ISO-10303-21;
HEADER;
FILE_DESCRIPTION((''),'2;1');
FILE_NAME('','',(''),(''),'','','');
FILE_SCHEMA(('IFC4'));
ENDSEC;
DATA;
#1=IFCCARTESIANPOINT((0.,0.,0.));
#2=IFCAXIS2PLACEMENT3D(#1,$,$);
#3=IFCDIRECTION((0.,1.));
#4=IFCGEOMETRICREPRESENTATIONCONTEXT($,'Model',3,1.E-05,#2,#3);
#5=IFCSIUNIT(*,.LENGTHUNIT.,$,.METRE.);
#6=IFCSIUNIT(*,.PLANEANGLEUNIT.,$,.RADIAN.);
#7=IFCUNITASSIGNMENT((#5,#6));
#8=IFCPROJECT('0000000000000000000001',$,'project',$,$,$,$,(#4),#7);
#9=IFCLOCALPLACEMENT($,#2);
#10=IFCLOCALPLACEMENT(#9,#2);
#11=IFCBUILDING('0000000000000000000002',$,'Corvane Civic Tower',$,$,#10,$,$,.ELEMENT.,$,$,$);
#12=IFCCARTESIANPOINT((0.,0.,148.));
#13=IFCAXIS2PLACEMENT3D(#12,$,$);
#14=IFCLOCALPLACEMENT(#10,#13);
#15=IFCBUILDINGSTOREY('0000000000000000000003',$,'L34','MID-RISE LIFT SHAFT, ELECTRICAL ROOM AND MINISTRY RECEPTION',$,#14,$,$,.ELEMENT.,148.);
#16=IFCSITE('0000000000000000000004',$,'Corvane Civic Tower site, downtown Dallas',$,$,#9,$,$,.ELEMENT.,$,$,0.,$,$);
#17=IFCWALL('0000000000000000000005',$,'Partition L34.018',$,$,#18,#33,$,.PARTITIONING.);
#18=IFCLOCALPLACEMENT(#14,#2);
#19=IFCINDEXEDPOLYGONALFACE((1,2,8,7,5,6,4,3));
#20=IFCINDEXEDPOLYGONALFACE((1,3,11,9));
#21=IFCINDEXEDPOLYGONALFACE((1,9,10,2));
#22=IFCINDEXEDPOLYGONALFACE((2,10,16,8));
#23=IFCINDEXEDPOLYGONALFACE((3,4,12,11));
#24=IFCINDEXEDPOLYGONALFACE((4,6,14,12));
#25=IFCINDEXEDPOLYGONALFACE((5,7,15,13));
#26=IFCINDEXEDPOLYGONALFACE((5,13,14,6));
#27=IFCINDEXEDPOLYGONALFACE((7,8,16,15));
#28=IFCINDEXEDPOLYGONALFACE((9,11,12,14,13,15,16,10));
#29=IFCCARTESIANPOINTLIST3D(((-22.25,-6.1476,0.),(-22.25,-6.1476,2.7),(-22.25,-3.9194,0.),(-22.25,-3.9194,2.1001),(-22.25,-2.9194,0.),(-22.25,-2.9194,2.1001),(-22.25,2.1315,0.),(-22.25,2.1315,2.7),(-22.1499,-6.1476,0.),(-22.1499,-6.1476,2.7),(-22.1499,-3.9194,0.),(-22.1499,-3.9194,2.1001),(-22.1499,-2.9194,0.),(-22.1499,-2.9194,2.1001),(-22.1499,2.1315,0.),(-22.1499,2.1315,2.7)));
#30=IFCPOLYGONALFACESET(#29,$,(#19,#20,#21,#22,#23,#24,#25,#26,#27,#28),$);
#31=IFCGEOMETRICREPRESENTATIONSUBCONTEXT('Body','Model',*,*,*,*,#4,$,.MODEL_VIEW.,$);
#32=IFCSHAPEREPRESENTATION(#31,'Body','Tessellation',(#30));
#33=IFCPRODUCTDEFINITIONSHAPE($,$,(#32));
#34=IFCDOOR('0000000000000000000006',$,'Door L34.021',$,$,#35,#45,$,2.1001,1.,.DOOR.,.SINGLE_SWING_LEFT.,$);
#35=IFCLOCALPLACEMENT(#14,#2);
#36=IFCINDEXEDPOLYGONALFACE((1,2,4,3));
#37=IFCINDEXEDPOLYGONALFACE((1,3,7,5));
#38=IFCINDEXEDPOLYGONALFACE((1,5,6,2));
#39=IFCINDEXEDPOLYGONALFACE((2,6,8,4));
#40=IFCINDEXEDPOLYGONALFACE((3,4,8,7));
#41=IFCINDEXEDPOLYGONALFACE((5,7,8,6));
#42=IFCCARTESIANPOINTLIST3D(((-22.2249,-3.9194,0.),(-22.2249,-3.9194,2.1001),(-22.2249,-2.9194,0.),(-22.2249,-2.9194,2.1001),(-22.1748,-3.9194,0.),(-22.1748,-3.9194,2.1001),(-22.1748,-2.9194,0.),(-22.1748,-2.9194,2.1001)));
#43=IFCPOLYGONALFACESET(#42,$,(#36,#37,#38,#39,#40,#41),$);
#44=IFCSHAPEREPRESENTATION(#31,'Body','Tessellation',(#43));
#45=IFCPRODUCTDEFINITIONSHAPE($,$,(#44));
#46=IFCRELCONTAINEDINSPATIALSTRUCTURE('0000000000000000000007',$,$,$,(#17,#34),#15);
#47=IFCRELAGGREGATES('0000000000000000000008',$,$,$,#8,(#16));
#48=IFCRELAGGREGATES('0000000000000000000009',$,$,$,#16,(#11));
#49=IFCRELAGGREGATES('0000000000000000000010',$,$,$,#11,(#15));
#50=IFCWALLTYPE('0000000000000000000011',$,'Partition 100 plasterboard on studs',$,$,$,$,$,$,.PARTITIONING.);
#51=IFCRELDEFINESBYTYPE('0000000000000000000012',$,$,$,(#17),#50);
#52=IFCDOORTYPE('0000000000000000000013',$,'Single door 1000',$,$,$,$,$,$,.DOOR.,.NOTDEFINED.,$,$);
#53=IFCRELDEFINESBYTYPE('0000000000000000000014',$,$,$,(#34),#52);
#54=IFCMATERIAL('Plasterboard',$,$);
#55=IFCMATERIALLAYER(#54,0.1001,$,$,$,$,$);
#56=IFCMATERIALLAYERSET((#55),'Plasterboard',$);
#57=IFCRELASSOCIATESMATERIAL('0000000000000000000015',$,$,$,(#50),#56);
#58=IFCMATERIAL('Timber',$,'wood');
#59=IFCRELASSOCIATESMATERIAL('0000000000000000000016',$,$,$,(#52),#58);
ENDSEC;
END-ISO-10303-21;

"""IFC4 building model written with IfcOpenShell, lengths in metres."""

from ifc_helpers import new_model, si_unit, direction, frame, frame_2d, origin, place, context, subcontext, project, spatial, rectangle, extrude, material, layer, layer_set, type_object, element, fill, save


model = new_model("IFC4")

# Units and contexts
model_context = context("Model", 3, precision=1e-05, world=origin(), true_north=direction((0.0, 1.0)))
body_context = subcontext(model_context, "Body", "Model", "MODEL_VIEW")
ifc_project = project(units=[si_unit("LENGTHUNIT", "METRE"), si_unit("PLANEANGLEUNIT", "RADIAN")], contexts=[model_context])

# Site, building, storey
site_placement = place(None, origin())
site = spatial("IfcSite", under=ifc_project, at=site_placement, Name="Corvane Civic Tower site, downtown Dallas", CompositionType="ELEMENT", RefElevation=0.0)
building_placement = place(site_placement, origin())
building = spatial("IfcBuilding", under=site, at=building_placement, Name="Corvane Civic Tower", CompositionType="ELEMENT")
storey_placement = place(building_placement, frame((0.0, 0.0, 148.0)))
storey = spatial("IfcBuildingStorey", under=building, at=storey_placement, Name="L34", Description="MID-RISE LIFT SHAFT, ELECTRICAL ROOM AND MINISTRY RECEPTION", CompositionType="ELEMENT", Elevation=148.0)

# Shared definitions
ifc_material_1 = material(Name="Plasterboard")
ifc_layer_1 = layer(ifc_material_1, 0.1001)
ifc_layer_set_1 = layer_set([ifc_layer_1], Name="Plasterboard")
wall_type_1 = type_object("IfcWallType", Name="Partition 100 plasterboard on studs", PredefinedType="PARTITIONING", material=ifc_layer_set_1)
ifc_material_2 = material(Name="Timber", Category="wood")
door_type = type_object("IfcDoorType", Name="Single door 1000", OperationType="NOTDEFINED", PredefinedType="DOOR", material=ifc_material_2)

# Wall, opening, door
wall_1_placement = place(storey_placement, frame((-22.2, -6.1477, 0.0), z_axis=(0.0, 0.0, 1.0), x_axis=(0.0, 1.0, 0.0)))
wall_1 = element("IfcWall", 1, at=wall_1_placement, inside=storey, type_object=wall_type_1, Name="Partition L34.018", PredefinedType="PARTITIONING", context=body_context, shape_type="SweptSolid", body=[
    extrude(rectangle(XDim=8.2791, YDim=0.1001, at=frame_2d((4.1396, 0.0))), origin(), (0.0, 0.0, 1.0), 2.7),
])
opening_1_placement = place(wall_1_placement, frame((2.2283, 0.0, 0.0)))
opening_1 = element("IfcOpeningElement", 2, at=opening_1_placement, cuts=wall_1, PredefinedType="OPENING", context=body_context, shape_type="SweptSolid", body=[
    extrude(rectangle(XDim=1.0, YDim=2.1001, at=frame_2d((0.5, 1.05))), frame((0.0, 0.0601, 0.0), z_axis=(0.0, -1.0, 0.0), x_axis=(1.0, 0.0, 0.0)), (0.0, 0.0, 1.0), 0.1201),
])
door_1_placement = place(opening_1_placement, origin())
door_1 = element("IfcDoor", 3, at=door_1_placement, inside=storey, type_object=door_type, Name="Door L34.021", OperationType="SINGLE_SWING_LEFT", OverallHeight=2.1001, OverallWidth=1.0, PredefinedType="DOOR", context=body_context, shape_type="SweptSolid", body=[
    extrude(rectangle(XDim=1.0, YDim=2.1001, at=frame_2d((0.5, 1.05))), frame((0.0, 0.0249, 0.0), z_axis=(0.0, -1.0, 0.0), x_axis=(1.0, 0.0, 0.0)), (0.0, 0.0, 1.0), 0.05),
])
fill(opening_1, door_1)

save(model, "model.ifc")
